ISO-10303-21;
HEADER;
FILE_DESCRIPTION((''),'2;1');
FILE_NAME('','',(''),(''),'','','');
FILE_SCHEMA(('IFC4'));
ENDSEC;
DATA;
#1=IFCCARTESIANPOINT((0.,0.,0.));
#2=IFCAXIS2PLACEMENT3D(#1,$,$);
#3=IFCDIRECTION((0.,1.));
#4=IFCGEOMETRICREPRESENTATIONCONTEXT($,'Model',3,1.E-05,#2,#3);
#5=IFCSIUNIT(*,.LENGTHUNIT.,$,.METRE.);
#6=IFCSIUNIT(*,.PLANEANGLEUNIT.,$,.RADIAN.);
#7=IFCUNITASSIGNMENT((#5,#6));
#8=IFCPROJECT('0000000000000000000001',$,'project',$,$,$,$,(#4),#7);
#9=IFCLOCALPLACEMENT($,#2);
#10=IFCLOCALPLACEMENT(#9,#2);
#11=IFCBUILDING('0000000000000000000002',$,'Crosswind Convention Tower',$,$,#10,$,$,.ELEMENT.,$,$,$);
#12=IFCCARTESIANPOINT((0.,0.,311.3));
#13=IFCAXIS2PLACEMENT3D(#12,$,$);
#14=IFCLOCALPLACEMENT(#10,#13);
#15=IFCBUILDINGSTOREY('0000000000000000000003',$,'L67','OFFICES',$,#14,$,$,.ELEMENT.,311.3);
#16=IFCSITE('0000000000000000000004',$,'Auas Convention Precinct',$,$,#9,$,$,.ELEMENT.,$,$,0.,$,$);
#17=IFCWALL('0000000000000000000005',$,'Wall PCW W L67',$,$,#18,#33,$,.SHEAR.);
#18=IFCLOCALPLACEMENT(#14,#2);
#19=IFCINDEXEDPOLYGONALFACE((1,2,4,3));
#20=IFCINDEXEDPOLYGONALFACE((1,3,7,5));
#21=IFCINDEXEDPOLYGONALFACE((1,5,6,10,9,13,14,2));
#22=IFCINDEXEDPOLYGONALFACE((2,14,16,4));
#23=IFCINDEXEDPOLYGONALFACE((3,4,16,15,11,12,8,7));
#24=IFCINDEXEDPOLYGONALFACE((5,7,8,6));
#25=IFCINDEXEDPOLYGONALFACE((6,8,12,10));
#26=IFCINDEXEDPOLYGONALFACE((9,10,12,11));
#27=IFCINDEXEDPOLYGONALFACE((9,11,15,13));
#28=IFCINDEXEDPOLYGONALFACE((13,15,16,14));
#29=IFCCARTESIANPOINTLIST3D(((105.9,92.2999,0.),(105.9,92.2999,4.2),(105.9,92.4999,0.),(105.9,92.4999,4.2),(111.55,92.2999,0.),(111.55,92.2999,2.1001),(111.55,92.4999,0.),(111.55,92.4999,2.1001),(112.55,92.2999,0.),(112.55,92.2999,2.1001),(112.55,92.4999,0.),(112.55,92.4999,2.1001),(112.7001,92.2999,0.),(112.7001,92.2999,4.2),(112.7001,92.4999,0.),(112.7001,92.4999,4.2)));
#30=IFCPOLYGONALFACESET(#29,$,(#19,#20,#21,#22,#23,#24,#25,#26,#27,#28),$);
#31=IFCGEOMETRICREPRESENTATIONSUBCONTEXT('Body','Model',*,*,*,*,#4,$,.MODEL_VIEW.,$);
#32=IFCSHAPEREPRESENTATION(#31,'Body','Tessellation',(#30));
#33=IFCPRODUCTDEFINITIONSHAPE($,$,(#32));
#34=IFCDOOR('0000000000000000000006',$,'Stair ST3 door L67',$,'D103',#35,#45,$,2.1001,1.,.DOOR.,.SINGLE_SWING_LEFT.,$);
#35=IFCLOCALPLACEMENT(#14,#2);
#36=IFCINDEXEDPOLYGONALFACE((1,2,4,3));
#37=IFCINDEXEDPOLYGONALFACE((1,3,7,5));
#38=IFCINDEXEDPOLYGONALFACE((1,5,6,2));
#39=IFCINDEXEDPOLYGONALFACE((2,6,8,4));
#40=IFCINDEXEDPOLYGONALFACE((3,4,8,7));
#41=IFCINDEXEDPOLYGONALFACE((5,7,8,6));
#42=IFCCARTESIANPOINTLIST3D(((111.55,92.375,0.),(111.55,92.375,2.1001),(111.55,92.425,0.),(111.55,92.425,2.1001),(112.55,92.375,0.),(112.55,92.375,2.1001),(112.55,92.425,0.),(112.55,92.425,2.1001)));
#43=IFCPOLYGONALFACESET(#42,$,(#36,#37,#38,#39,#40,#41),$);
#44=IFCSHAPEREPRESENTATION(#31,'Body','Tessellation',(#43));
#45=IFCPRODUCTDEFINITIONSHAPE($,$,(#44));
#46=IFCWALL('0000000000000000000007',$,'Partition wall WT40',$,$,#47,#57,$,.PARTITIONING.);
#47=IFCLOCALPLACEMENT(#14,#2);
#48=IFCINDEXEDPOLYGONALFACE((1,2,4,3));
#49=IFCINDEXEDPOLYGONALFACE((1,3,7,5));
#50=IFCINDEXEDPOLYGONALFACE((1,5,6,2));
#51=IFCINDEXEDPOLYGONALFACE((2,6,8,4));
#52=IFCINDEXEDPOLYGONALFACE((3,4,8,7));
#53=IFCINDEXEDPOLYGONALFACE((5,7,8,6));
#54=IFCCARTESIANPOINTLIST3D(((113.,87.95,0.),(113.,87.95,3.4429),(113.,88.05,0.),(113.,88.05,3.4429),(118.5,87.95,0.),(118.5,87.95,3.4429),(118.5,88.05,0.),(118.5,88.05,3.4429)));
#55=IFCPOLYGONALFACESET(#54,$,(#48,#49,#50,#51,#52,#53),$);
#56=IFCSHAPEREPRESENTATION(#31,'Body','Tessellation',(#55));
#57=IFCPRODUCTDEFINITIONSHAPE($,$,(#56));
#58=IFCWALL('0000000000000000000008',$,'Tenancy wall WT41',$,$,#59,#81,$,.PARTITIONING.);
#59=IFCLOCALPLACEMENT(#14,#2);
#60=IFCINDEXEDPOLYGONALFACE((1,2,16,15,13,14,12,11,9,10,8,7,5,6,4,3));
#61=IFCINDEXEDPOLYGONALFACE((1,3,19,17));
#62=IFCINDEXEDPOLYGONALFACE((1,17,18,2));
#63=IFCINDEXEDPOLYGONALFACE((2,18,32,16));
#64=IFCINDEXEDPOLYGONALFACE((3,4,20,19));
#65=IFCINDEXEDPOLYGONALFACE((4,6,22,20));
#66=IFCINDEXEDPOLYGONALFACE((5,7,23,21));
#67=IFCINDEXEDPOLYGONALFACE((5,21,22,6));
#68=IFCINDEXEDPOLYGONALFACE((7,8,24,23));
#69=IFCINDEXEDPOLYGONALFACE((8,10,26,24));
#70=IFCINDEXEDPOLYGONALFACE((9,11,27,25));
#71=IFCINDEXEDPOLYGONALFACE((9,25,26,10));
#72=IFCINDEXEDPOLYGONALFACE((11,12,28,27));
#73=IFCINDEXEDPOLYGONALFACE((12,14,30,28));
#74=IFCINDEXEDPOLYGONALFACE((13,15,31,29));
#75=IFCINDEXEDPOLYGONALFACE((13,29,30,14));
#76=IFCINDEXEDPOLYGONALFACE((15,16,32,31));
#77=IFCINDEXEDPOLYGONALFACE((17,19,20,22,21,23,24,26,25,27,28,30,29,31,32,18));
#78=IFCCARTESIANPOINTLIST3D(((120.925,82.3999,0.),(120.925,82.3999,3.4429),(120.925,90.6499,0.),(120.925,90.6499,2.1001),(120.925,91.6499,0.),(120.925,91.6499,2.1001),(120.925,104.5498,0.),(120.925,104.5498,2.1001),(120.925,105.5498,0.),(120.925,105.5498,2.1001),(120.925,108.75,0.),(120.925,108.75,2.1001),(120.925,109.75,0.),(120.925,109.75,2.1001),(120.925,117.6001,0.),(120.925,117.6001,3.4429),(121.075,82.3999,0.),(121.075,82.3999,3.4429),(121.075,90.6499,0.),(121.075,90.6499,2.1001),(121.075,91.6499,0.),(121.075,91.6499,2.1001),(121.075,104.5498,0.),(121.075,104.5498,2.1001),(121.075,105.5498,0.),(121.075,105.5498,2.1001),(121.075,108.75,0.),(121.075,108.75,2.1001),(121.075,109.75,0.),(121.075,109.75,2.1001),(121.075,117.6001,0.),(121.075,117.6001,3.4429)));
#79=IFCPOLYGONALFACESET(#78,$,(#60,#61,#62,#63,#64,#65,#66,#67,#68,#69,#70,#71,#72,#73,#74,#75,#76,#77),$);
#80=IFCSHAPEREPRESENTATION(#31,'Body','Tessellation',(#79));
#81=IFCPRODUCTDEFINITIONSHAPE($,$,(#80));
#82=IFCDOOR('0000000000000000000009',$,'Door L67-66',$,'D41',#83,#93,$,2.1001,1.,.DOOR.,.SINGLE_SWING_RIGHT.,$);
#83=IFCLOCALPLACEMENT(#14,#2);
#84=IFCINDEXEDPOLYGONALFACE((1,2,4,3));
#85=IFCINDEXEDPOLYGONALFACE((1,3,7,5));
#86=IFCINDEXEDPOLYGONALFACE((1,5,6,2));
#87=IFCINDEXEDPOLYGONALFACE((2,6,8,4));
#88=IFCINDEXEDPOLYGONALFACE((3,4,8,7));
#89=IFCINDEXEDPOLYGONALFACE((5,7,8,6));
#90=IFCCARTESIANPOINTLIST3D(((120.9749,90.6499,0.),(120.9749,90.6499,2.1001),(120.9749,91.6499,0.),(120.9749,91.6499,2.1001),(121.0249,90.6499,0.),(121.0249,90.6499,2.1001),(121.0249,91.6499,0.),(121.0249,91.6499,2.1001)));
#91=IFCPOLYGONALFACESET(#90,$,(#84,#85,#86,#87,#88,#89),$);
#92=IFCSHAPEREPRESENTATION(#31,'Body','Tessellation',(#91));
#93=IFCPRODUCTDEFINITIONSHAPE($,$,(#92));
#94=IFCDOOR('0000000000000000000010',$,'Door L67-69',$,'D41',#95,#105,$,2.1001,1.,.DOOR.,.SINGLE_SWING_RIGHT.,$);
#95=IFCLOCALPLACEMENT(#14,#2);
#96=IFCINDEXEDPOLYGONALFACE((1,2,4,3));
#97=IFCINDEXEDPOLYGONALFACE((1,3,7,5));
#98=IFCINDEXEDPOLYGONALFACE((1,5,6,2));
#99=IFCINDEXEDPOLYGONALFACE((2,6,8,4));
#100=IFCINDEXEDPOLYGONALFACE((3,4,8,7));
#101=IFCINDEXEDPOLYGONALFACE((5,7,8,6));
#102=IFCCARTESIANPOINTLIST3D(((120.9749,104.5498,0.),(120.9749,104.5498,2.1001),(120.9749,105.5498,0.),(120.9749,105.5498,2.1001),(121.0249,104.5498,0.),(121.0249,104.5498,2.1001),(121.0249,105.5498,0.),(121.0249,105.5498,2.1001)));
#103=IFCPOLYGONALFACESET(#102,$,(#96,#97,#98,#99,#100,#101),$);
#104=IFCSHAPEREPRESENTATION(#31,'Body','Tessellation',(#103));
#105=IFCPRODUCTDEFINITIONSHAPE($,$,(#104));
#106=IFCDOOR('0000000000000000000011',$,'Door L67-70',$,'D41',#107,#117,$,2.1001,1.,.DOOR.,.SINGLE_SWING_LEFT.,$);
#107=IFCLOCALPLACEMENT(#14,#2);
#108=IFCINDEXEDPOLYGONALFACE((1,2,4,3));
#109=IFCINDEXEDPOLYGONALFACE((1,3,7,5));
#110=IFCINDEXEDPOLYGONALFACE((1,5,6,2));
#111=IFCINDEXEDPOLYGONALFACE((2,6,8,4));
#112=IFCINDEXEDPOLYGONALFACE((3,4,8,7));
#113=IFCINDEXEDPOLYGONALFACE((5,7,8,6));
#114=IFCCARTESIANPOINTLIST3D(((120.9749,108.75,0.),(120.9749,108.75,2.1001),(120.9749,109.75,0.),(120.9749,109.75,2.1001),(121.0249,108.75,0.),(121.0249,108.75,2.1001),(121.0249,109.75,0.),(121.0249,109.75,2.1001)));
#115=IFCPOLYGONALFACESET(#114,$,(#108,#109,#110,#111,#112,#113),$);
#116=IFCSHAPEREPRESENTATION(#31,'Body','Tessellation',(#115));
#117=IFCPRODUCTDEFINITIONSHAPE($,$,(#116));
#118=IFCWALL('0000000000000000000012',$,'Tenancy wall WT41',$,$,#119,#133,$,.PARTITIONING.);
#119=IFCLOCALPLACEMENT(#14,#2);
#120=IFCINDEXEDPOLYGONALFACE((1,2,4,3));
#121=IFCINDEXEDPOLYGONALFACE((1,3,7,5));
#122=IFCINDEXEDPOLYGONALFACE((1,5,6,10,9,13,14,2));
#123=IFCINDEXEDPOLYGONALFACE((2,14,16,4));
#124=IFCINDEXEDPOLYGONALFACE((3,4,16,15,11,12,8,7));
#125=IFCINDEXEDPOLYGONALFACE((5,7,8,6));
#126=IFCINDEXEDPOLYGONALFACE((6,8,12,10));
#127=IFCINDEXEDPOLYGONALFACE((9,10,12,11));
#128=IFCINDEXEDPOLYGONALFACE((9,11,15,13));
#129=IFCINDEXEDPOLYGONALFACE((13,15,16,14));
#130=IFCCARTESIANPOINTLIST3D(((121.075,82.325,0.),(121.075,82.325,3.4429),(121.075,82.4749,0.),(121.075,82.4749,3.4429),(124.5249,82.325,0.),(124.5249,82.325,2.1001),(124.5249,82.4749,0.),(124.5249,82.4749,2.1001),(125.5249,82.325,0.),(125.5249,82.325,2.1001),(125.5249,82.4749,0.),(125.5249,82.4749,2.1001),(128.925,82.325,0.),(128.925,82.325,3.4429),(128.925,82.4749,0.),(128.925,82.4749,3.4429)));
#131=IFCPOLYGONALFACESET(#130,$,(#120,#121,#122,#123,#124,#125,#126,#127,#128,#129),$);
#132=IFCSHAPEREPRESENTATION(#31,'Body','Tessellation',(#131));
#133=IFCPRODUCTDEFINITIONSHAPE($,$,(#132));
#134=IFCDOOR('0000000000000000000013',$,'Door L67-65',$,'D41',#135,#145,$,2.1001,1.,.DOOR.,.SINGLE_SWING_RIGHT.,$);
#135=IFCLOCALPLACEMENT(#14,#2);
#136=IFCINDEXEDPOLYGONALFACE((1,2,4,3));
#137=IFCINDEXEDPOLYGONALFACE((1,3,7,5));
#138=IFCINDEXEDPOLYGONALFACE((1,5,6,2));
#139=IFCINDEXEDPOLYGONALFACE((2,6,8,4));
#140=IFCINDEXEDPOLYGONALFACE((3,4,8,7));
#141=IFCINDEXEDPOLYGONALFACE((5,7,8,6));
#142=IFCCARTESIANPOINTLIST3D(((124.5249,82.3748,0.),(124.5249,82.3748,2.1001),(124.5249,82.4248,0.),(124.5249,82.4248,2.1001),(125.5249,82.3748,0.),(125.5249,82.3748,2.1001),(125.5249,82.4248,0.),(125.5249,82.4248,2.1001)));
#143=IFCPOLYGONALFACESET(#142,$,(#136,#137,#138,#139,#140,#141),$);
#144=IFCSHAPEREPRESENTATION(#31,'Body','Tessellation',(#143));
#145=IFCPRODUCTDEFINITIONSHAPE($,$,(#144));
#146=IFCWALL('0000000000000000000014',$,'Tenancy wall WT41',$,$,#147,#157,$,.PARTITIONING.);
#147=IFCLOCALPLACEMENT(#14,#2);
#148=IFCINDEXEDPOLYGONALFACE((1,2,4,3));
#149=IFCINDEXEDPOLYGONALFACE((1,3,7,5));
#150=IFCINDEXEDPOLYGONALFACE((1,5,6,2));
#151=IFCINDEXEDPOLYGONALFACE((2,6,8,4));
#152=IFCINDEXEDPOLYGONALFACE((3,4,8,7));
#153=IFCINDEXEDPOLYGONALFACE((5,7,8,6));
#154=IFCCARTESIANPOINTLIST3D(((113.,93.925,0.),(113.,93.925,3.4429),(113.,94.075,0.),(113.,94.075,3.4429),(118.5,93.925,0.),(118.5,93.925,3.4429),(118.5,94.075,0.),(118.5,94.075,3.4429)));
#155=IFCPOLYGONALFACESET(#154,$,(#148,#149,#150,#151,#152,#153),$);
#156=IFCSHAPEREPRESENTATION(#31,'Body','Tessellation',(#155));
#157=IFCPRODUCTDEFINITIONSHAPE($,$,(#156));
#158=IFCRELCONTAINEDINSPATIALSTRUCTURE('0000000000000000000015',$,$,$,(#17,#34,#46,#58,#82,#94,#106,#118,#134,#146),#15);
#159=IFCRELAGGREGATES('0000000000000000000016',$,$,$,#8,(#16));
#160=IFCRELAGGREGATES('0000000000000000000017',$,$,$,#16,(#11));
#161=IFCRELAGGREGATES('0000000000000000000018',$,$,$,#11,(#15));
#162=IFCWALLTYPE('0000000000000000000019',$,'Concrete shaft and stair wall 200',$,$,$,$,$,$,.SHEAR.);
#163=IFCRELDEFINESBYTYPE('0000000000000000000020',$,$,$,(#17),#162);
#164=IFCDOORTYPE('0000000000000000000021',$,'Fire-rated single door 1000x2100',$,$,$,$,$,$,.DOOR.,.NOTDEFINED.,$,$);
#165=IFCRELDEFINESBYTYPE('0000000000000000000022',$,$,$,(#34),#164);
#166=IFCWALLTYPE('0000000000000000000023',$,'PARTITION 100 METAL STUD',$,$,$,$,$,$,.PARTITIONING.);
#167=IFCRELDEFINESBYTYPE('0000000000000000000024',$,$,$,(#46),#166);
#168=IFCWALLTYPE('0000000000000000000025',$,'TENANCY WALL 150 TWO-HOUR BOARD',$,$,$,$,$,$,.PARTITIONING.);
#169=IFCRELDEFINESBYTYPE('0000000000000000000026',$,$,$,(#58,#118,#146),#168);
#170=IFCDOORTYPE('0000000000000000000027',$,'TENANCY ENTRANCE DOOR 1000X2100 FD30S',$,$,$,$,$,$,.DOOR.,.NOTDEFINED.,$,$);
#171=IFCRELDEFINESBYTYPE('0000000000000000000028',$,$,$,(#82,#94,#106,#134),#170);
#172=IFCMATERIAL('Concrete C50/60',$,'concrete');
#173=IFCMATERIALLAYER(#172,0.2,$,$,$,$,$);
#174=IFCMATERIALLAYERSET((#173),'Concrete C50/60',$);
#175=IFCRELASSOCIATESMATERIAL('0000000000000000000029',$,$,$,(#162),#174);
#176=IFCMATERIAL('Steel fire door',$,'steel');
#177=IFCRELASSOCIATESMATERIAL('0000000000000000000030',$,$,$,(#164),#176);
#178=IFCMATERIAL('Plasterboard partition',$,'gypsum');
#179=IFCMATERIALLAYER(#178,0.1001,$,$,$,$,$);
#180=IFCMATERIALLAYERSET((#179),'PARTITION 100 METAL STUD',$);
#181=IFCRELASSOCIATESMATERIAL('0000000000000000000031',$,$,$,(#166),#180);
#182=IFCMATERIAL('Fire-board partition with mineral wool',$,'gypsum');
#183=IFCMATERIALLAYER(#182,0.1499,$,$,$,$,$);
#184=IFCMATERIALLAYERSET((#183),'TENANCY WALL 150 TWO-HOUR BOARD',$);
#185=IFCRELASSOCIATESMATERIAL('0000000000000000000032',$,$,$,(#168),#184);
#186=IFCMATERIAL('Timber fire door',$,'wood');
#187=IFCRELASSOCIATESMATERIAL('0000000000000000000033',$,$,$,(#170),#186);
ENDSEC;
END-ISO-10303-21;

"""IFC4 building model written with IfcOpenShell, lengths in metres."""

from ifc_helpers import new_model, si_unit, direction, frame, frame_2d, origin, place, context, subcontext, project, spatial, rectangle, extrude, material, layer, layer_set, type_object, element, fill, save


model = new_model("IFC4")

# Units and contexts
model_context = context("Model", 3, precision=1e-05, world=origin(), true_north=direction((0.0, 1.0)))
body_context = subcontext(model_context, "Body", "Model", "MODEL_VIEW")
ifc_project = project(units=[si_unit("LENGTHUNIT", "METRE"), si_unit("PLANEANGLEUNIT", "RADIAN")], contexts=[model_context])

# Site, building, storey
site_placement = place(None, origin())
site = spatial("IfcSite", under=ifc_project, at=site_placement, Name="Auas Convention Precinct", CompositionType="ELEMENT", RefElevation=0.0)
building_placement = place(site_placement, origin())
building = spatial("IfcBuilding", under=site, at=building_placement, Name="Crosswind Convention Tower", CompositionType="ELEMENT")
storey_placement = place(building_placement, frame((0.0, 0.0, 311.3)))
storey = spatial("IfcBuildingStorey", under=building, at=storey_placement, Name="L67", Description="OFFICES", CompositionType="ELEMENT", Elevation=311.3)

# Shared definitions
ifc_material_1 = material(Name="Concrete C50/60", Category="concrete")

# Wall, opening, door
ifc_layer_1 = layer(ifc_material_1, 0.2)
ifc_layer_set_1 = layer_set([ifc_layer_1], Name="Concrete C50/60")
wall_type_1 = type_object("IfcWallType", Name="Concrete shaft and stair wall 200", PredefinedType="SHEAR", material=ifc_layer_set_1)
ifc_material_2 = material(Name="Steel fire door", Category="steel")
wall_1_placement = place(storey_placement, frame((112.7, 92.3999, 0.0), z_axis=(0.0, 0.0, 1.0), x_axis=(-1.0, 0.0, 0.0)))
wall_1 = element("IfcWall", 1, at=wall_1_placement, inside=storey, type_object=wall_type_1, Name="Wall PCW W L67", PredefinedType="SHEAR", context=body_context, shape_type="SweptSolid", body=[
    extrude(rectangle(XDim=6.8, YDim=0.2, at=frame_2d((3.3999, 0.0))), origin(), (0.0, 0.0, 1.0), 4.2),
])
opening_1_placement = place(wall_1_placement, frame((0.1499, 0.0, 0.0)))
opening_1 = element("IfcOpeningElement", 2, at=opening_1_placement, cuts=wall_1, PredefinedType="OPENING", context=body_context, shape_type="SweptSolid", body=[
    extrude(rectangle(XDim=1.0, YDim=2.1001, at=frame_2d((0.5, 1.05))), frame((0.0, 0.1099, 0.0), z_axis=(0.0, -1.0, 0.0), x_axis=(1.0, 0.0, 0.0)), (0.0, 0.0, 1.0), 0.22),
])
door_type_1 = type_object("IfcDoorType", Name="Fire-rated single door 1000x2100", OperationType="NOTDEFINED", PredefinedType="DOOR", material=ifc_material_2)
door_1_placement = place(opening_1_placement, origin())
door_1 = element("IfcDoor", 3, at=door_1_placement, inside=storey, type_object=door_type_1, Name="Stair ST3 door L67", ObjectType="D103", OperationType="SINGLE_SWING_LEFT", OverallHeight=2.1001, OverallWidth=1.0, PredefinedType="DOOR", context=body_context, shape_type="SweptSolid", body=[
    extrude(rectangle(XDim=1.0, YDim=2.1001, at=frame_2d((0.5, 1.05))), frame((0.0, 0.0249, 0.0), z_axis=(0.0, -1.0, 0.0), x_axis=(1.0, 0.0, 0.0)), (0.0, 0.0, 1.0), 0.05),
])
fill(opening_1, door_1)

# Wall
ifc_material_3 = material(Name="Plasterboard partition", Category="gypsum")
ifc_layer_2 = layer(ifc_material_3, 0.1001)
ifc_layer_set_2 = layer_set([ifc_layer_2], Name="PARTITION 100 METAL STUD")
wall_type_2 = type_object("IfcWallType", Name="PARTITION 100 METAL STUD", PredefinedType="PARTITIONING", material=ifc_layer_set_2)
wall_2_placement = place(storey_placement, frame((113.0, 88.0, 0.0), z_axis=(0.0, 0.0, 1.0), x_axis=(1.0, 0.0, 0.0)))
element("IfcWall", 4, at=wall_2_placement, inside=storey, type_object=wall_type_2, Name="Partition wall WT40", PredefinedType="PARTITIONING", context=body_context, shape_type="SweptSolid", body=[
    extrude(rectangle(XDim=5.5, YDim=0.1001, at=frame_2d((2.75, 0.0))), origin(), (0.0, 0.0, 1.0), 3.4429),
])

# Wall, openings, doors
ifc_material_4 = material(Name="Fire-board partition with mineral wool", Category="gypsum")
ifc_layer_3 = layer(ifc_material_4, 0.1499)
ifc_layer_set_3 = layer_set([ifc_layer_3], Name="TENANCY WALL 150 TWO-HOUR BOARD")
wall_type_3 = type_object("IfcWallType", Name="TENANCY WALL 150 TWO-HOUR BOARD", PredefinedType="PARTITIONING", material=ifc_layer_set_3)
wall_3_placement = place(storey_placement, frame((121.0, 82.3999, 0.0), z_axis=(0.0, 0.0, 1.0), x_axis=(0.0, 1.0, 0.0)))
wall_3 = element("IfcWall", 5, at=wall_3_placement, inside=storey, type_object=wall_type_3, Name="Tenancy wall WT41", PredefinedType="PARTITIONING", context=body_context, shape_type="SweptSolid", body=[
    extrude(rectangle(XDim=35.2002, YDim=0.1499, at=frame_2d((17.6001, 0.0))), origin(), (0.0, 0.0, 1.0), 3.4429),
])
opening_2_placement = place(wall_3_placement, frame((8.25, 0.0, 0.0)))
opening_2 = element("IfcOpeningElement", 6, at=opening_2_placement, cuts=wall_3, PredefinedType="OPENING", context=body_context, shape_type="SweptSolid", body=[
    extrude(rectangle(XDim=1.0, YDim=2.1001, at=frame_2d((0.5, 1.05))), frame((0.0, 0.085, 0.0), z_axis=(0.0, -1.0, 0.0), x_axis=(1.0, 0.0, 0.0)), (0.0, 0.0, 1.0), 0.1699),
])
opening_3_placement = place(wall_3_placement, frame((22.1499, 0.0, 0.0)))
opening_3 = element("IfcOpeningElement", 7, at=opening_3_placement, cuts=wall_3, PredefinedType="OPENING", context=body_context, shape_type="SweptSolid", body=[
    extrude(rectangle(XDim=1.0, YDim=2.1001, at=frame_2d((0.5, 1.05))), frame((0.0, 0.085, 0.0), z_axis=(0.0, -1.0, 0.0), x_axis=(1.0, 0.0, 0.0)), (0.0, 0.0, 1.0), 0.1699),
])
opening_4_placement = place(wall_3_placement, frame((26.3501, 0.0, 0.0)))
opening_4 = element("IfcOpeningElement", 8, at=opening_4_placement, cuts=wall_3, PredefinedType="OPENING", context=body_context, shape_type="SweptSolid", body=[
    extrude(rectangle(XDim=1.0, YDim=2.1001, at=frame_2d((0.5, 1.05))), frame((0.0, 0.085, 0.0), z_axis=(0.0, -1.0, 0.0), x_axis=(1.0, 0.0, 0.0)), (0.0, 0.0, 1.0), 0.1699),
])
ifc_material_5 = material(Name="Timber fire door", Category="wood")
door_type_2 = type_object("IfcDoorType", Name="TENANCY ENTRANCE DOOR 1000X2100 FD30S", OperationType="NOTDEFINED", PredefinedType="DOOR", material=ifc_material_5)
door_2_placement = place(opening_2_placement, frame((1.0, 0.0, 0.0), z_axis=(0.0, 0.0, 1.0), x_axis=(-1.0, 0.0, 0.0)))
door_2 = element("IfcDoor", 9, at=door_2_placement, inside=storey, type_object=door_type_2, Name="Door L67-66", ObjectType="D41", OperationType="SINGLE_SWING_RIGHT", OverallHeight=2.1001, OverallWidth=1.0, PredefinedType="DOOR", context=body_context, shape_type="SweptSolid", body=[
    extrude(rectangle(XDim=1.0, YDim=2.1001, at=frame_2d((0.5, 1.05))), frame((0.0, 0.0249, 0.0), z_axis=(0.0, -1.0, 0.0), x_axis=(1.0, 0.0, 0.0)), (0.0, 0.0, 1.0), 0.05),
])
fill(opening_2, door_2)
door_3_placement = place(opening_3_placement, frame((1.0, 0.0, 0.0), z_axis=(0.0, 0.0, 1.0), x_axis=(-1.0, 0.0, 0.0)))
door_3 = element("IfcDoor", 10, at=door_3_placement, inside=storey, type_object=door_type_2, Name="Door L67-69", ObjectType="D41", OperationType="SINGLE_SWING_RIGHT", OverallHeight=2.1001, OverallWidth=1.0, PredefinedType="DOOR", context=body_context, shape_type="SweptSolid", body=[
    extrude(rectangle(XDim=1.0, YDim=2.1001, at=frame_2d((0.5, 1.05))), frame((0.0, 0.0249, 0.0), z_axis=(0.0, -1.0, 0.0), x_axis=(1.0, 0.0, 0.0)), (0.0, 0.0, 1.0), 0.05),
])
fill(opening_3, door_3)
door_4_placement = place(opening_4_placement, frame((1.0, 0.0, 0.0), z_axis=(0.0, 0.0, 1.0), x_axis=(-1.0, 0.0, 0.0)))
door_4 = element("IfcDoor", 11, at=door_4_placement, inside=storey, type_object=door_type_2, Name="Door L67-70", ObjectType="D41", OperationType="SINGLE_SWING_LEFT", OverallHeight=2.1001, OverallWidth=1.0, PredefinedType="DOOR", context=body_context, shape_type="SweptSolid", body=[
    extrude(rectangle(XDim=1.0, YDim=2.1001, at=frame_2d((0.5, 1.05))), frame((0.0, 0.0249, 0.0), z_axis=(0.0, -1.0, 0.0), x_axis=(1.0, 0.0, 0.0)), (0.0, 0.0, 1.0), 0.05),
])
fill(opening_4, door_4)

# Wall, opening, door
wall_4_placement = place(storey_placement, frame((121.075, 82.3999, 0.0), z_axis=(0.0, 0.0, 1.0), x_axis=(1.0, 0.0, 0.0)))
wall_4 = element("IfcWall", 12, at=wall_4_placement, inside=storey, type_object=wall_type_3, Name="Tenancy wall WT41", PredefinedType="PARTITIONING", context=body_context, shape_type="SweptSolid", body=[
    extrude(rectangle(XDim=7.8501, YDim=0.1499, at=frame_2d((3.925, 0.0))), origin(), (0.0, 0.0, 1.0), 3.4429),
])
opening_5_placement = place(wall_4_placement, frame((3.45, 0.0, 0.0)))
opening_5 = element("IfcOpeningElement", 13, at=opening_5_placement, cuts=wall_4, PredefinedType="OPENING", context=body_context, shape_type="SweptSolid", body=[
    extrude(rectangle(XDim=1.0, YDim=2.1001, at=frame_2d((0.5, 1.05))), frame((0.0, 0.085, 0.0), z_axis=(0.0, -1.0, 0.0), x_axis=(1.0, 0.0, 0.0)), (0.0, 0.0, 1.0), 0.1699),
])
door_5_placement = place(opening_5_placement, origin())
door_5 = element("IfcDoor", 14, at=door_5_placement, inside=storey, type_object=door_type_2, Name="Door L67-65", ObjectType="D41", OperationType="SINGLE_SWING_RIGHT", OverallHeight=2.1001, OverallWidth=1.0, PredefinedType="DOOR", context=body_context, shape_type="SweptSolid", body=[
    extrude(rectangle(XDim=1.0, YDim=2.1001, at=frame_2d((0.5, 1.05))), frame((0.0, 0.0249, 0.0), z_axis=(0.0, -1.0, 0.0), x_axis=(1.0, 0.0, 0.0)), (0.0, 0.0, 1.0), 0.05),
])
fill(opening_5, door_5)

# Wall
wall_5_placement = place(storey_placement, frame((113.0, 94.0, 0.0), z_axis=(0.0, 0.0, 1.0), x_axis=(1.0, 0.0, 0.0)))
element("IfcWall", 15, at=wall_5_placement, inside=storey, type_object=wall_type_3, Name="Tenancy wall WT41", PredefinedType="PARTITIONING", context=body_context, shape_type="SweptSolid", body=[
    extrude(rectangle(XDim=5.5, YDim=0.1499, at=frame_2d((2.75, 0.0))), origin(), (0.0, 0.0, 1.0), 3.4429),
])

save(model, "model.ifc")
